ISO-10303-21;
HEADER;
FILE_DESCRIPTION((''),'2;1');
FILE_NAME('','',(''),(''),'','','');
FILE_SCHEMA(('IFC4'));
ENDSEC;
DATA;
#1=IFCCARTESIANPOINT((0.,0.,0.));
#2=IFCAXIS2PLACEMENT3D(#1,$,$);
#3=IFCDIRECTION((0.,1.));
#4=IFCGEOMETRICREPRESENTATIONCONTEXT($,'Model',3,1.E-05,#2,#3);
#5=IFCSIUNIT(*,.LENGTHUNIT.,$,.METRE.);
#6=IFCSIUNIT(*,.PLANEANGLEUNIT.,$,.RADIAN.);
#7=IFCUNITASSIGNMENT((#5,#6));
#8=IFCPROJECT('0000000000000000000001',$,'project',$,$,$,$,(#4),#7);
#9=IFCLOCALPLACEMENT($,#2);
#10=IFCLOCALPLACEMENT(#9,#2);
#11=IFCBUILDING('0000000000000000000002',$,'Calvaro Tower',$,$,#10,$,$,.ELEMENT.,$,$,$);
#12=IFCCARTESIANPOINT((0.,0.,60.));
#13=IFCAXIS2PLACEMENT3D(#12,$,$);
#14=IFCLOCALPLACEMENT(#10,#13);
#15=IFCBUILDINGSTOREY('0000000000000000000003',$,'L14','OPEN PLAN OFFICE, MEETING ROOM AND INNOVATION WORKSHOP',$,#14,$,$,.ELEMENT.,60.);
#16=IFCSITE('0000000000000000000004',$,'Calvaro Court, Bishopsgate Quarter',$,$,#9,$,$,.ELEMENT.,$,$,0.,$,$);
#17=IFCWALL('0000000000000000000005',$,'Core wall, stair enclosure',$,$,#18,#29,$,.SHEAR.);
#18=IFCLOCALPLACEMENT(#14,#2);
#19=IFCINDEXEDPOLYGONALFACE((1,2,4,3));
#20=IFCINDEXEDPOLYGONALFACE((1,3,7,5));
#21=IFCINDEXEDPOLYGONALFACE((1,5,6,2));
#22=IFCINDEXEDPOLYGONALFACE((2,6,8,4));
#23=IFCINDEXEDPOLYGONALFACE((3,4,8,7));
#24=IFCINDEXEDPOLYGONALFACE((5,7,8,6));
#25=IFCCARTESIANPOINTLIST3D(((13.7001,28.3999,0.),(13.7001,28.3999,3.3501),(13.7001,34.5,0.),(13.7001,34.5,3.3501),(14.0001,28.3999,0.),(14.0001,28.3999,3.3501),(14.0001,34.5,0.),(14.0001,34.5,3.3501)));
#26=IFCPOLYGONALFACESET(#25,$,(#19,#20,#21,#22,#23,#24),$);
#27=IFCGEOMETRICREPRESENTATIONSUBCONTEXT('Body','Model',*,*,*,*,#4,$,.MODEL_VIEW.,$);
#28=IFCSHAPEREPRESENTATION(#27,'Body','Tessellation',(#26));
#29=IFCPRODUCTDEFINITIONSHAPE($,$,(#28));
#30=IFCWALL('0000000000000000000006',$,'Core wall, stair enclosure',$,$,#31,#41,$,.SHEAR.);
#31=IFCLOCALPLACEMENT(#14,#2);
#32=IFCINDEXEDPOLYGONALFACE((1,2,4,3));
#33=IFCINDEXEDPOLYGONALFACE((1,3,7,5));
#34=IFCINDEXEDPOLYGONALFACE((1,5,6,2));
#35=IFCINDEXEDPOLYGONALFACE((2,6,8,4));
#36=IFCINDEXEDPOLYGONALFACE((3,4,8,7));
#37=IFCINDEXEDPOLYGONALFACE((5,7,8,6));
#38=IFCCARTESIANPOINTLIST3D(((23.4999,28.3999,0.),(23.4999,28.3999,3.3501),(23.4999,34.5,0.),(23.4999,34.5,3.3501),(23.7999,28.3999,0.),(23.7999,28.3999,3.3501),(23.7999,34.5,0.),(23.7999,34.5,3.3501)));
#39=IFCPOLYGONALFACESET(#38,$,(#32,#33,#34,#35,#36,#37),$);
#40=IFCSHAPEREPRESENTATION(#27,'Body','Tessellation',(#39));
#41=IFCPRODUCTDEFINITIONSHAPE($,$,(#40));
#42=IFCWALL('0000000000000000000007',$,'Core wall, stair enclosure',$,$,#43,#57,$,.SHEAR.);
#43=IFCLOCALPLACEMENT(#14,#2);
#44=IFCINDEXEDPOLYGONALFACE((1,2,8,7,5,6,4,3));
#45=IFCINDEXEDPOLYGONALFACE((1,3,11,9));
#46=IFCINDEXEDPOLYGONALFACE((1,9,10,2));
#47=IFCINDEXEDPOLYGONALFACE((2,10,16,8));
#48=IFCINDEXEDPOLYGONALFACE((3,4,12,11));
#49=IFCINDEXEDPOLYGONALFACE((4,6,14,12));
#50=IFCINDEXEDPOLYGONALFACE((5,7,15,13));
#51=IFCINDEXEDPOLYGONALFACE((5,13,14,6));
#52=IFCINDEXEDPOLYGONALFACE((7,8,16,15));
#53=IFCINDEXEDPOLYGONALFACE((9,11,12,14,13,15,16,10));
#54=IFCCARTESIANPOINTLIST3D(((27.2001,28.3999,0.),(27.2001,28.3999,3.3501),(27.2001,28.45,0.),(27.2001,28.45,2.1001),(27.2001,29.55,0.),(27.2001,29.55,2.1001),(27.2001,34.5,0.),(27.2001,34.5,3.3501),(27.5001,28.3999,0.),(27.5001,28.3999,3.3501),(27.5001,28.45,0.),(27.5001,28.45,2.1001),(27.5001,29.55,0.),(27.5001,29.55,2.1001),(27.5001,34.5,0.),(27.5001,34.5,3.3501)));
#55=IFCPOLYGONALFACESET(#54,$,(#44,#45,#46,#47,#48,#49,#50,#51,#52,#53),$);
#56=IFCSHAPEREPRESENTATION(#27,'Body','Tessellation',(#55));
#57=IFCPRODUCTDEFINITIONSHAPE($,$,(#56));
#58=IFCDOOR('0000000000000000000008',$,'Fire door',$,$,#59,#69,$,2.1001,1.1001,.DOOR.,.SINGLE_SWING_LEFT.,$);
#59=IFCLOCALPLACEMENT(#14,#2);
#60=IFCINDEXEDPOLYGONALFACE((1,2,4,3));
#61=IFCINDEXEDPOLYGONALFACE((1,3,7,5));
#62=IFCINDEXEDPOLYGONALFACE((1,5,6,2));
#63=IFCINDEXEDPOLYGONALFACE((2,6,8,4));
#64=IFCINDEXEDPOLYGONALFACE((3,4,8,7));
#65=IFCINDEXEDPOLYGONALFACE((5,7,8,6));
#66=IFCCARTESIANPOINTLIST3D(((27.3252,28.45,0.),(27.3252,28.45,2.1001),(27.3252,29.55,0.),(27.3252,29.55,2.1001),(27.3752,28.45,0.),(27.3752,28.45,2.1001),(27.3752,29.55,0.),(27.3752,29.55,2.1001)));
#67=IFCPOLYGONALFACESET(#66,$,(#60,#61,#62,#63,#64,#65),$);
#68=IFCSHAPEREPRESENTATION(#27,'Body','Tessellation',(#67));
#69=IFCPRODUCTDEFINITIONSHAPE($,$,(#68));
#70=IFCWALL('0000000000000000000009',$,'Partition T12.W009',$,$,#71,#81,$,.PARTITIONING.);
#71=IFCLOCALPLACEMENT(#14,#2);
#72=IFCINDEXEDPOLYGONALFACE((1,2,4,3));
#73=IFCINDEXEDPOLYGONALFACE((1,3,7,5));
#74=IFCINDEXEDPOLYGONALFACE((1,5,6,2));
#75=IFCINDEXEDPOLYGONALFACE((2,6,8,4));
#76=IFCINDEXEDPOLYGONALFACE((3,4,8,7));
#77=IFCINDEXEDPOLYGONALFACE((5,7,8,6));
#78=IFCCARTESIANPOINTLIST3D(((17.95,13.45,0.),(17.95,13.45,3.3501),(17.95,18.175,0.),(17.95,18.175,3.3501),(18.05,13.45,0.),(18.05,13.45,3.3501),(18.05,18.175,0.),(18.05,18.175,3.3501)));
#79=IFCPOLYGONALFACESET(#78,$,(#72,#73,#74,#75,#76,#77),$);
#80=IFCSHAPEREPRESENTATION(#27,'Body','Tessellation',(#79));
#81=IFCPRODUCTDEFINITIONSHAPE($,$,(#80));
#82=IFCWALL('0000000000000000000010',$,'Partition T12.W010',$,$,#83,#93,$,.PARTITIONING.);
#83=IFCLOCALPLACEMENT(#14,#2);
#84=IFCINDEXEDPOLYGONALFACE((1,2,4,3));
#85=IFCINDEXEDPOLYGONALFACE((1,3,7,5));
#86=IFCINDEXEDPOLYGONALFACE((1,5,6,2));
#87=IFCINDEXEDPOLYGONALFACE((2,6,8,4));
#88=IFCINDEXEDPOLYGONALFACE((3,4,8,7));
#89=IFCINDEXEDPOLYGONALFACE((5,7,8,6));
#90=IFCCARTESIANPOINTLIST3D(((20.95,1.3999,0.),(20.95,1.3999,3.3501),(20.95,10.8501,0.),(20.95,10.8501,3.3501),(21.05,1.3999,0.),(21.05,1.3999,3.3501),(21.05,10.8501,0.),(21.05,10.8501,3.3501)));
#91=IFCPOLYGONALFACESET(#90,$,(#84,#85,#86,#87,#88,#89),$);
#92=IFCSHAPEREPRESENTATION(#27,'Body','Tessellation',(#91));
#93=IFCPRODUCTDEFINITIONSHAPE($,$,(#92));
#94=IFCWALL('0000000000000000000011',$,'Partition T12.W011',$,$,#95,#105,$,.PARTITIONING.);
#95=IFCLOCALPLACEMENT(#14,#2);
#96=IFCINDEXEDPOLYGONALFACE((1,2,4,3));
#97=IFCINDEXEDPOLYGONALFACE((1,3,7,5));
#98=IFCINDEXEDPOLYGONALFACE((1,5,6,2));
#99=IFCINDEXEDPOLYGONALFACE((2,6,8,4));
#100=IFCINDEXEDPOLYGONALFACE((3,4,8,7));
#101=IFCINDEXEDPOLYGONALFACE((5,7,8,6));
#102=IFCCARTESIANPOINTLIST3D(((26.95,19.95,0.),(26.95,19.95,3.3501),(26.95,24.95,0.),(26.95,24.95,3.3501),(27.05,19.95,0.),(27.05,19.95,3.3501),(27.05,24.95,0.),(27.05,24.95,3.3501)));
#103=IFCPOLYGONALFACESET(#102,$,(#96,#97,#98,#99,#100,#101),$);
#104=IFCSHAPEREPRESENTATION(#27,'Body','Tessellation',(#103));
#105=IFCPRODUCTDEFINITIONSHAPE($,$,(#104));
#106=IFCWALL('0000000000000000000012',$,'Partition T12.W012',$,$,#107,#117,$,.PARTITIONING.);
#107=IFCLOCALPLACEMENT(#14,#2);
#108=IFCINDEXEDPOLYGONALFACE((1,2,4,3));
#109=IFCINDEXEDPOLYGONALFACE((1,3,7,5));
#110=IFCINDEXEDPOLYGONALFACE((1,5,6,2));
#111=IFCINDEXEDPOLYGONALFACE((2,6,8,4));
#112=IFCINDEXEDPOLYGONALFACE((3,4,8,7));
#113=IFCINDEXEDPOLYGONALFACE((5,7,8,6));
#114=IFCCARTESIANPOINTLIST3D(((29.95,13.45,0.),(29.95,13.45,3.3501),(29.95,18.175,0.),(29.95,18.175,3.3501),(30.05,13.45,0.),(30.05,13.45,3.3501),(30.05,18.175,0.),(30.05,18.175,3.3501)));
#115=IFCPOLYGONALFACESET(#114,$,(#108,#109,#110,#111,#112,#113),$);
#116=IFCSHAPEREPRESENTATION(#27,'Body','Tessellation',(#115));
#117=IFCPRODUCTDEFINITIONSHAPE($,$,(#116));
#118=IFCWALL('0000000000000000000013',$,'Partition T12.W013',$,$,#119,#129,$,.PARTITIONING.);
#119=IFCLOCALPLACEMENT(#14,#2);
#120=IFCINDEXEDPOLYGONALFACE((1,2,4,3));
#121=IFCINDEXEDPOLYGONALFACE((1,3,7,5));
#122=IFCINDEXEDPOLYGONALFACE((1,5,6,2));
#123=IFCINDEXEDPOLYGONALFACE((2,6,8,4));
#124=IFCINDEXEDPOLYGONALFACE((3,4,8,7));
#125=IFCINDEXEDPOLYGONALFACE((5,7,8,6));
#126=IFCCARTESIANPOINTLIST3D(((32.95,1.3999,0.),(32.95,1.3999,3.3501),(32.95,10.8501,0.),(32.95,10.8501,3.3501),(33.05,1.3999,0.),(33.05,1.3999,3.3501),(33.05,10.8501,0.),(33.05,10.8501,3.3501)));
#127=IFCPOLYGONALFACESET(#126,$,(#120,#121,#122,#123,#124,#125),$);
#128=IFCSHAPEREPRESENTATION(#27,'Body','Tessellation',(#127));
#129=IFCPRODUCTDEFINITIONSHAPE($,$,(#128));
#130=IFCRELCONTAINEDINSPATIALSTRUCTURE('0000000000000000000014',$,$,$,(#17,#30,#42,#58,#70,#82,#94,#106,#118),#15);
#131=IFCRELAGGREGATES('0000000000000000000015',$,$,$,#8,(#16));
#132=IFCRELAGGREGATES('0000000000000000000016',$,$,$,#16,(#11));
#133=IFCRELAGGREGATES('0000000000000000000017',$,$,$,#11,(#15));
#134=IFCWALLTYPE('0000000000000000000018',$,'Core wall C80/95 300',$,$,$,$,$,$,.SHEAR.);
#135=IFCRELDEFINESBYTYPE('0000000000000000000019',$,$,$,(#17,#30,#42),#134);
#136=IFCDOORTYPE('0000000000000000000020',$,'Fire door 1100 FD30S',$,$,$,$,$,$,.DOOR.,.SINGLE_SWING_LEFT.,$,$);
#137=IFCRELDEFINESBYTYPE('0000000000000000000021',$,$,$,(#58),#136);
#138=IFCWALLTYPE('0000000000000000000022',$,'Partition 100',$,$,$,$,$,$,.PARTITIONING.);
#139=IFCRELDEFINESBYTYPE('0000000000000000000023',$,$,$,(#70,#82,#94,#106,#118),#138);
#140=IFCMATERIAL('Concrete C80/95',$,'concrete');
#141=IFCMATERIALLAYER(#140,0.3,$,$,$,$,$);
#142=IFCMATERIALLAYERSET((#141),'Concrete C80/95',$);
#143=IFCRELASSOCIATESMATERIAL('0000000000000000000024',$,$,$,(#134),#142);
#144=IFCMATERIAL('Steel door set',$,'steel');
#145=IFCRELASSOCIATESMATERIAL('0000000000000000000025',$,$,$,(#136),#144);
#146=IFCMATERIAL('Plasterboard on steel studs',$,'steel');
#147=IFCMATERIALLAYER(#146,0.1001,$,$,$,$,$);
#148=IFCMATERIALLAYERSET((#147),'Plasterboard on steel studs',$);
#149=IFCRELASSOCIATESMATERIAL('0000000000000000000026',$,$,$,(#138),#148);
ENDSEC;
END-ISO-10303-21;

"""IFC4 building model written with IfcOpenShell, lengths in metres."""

from ifc_helpers import new_model, si_unit, direction, frame, frame_2d, origin, place, context, subcontext, project, spatial, rectangle, extrude, material, layer, layer_set, type_object, element, fill, save


model = new_model("IFC4")

# Units and contexts
model_context = context("Model", 3, precision=1e-05, world=origin(), true_north=direction((0.0, 1.0)))
body_context = subcontext(model_context, "Body", "Model", "MODEL_VIEW")
ifc_project = project(units=[si_unit("LENGTHUNIT", "METRE"), si_unit("PLANEANGLEUNIT", "RADIAN")], contexts=[model_context])

# Site, building, storey
site_placement = place(None, origin())
site = spatial("IfcSite", under=ifc_project, at=site_placement, Name="Calvaro Court, Bishopsgate Quarter", CompositionType="ELEMENT", RefElevation=0.0)
building_placement = place(site_placement, origin())
building = spatial("IfcBuilding", under=site, at=building_placement, Name="Calvaro Tower", CompositionType="ELEMENT")
storey_placement = place(building_placement, frame((0.0, 0.0, 60.0)))
storey = spatial("IfcBuildingStorey", under=building, at=storey_placement, Name="L14", Description="OPEN PLAN OFFICE, MEETING ROOM AND INNOVATION WORKSHOP", CompositionType="ELEMENT", Elevation=60.0)

# Walls
ifc_material_1 = material(Name="Concrete C80/95", Category="concrete")
ifc_layer_1 = layer(ifc_material_1, 0.3)
ifc_layer_set_1 = layer_set([ifc_layer_1], Name="Concrete C80/95")
wall_type_1 = type_object("IfcWallType", Name="Core wall C80/95 300", PredefinedType="SHEAR", material=ifc_layer_set_1)
for number, where, z_axis, x_axis, name in (
    (1, (13.8501, 28.3999, 0.0), (0.0, 0.0, 1.0), (0.0, 1.0, 0.0), "Core wall, stair enclosure"),
    (2, (23.6499, 28.3999, 0.0), (0.0, 0.0, 1.0), (0.0, 1.0, 0.0), "Core wall, stair enclosure"),
):
    element("IfcWall", number, at=place(storey_placement, frame(where, z_axis=z_axis, x_axis=x_axis)), inside=storey, type_object=wall_type_1, Name=name, PredefinedType="SHEAR", context=body_context, shape_type="SweptSolid", body=[
        extrude(rectangle(XDim=6.1001, YDim=0.3, at=frame_2d((3.05, 0.0))), origin(), (0.0, 0.0, 1.0), 3.3501),
    ])

# Wall, opening, door
wall_1_placement = place(storey_placement, frame((27.3501, 28.3999, 0.0), z_axis=(0.0, 0.0, 1.0), x_axis=(0.0, 1.0, 0.0)))
wall_1 = element("IfcWall", 3, at=wall_1_placement, inside=storey, type_object=wall_type_1, Name="Core wall, stair enclosure", PredefinedType="SHEAR", context=body_context, shape_type="SweptSolid", body=[
    extrude(rectangle(XDim=6.1001, YDim=0.3, at=frame_2d((3.05, 0.0))), origin(), (0.0, 0.0, 1.0), 3.3501),
])
opening_1_placement = place(wall_1_placement, frame((0.05, 0.0, 0.0)))
opening_1 = element("IfcOpeningElement", 4, at=opening_1_placement, cuts=wall_1, PredefinedType="OPENING", context=body_context, shape_type="SweptSolid", body=[
    extrude(rectangle(XDim=1.1001, YDim=2.1001, at=frame_2d((0.55, 1.05))), frame((0.0, 0.1599, 0.0), z_axis=(0.0, -1.0, 0.0), x_axis=(1.0, 0.0, 0.0)), (0.0, 0.0, 1.0), 0.3201),
])
ifc_material_2 = material(Name="Steel door set", Category="steel")
door_type_1 = type_object("IfcDoorType", Name="Fire door 1100 FD30S", OperationType="SINGLE_SWING_LEFT", PredefinedType="DOOR", material=ifc_material_2)
door_1_placement = place(opening_1_placement, origin())
door_1 = element("IfcDoor", 5, at=door_1_placement, inside=storey, type_object=door_type_1, Name="Fire door", OperationType="SINGLE_SWING_LEFT", OverallHeight=2.1001, OverallWidth=1.1001, PredefinedType="DOOR", context=body_context, shape_type="SweptSolid", body=[
    extrude(rectangle(XDim=1.1001, YDim=2.1001, at=frame_2d((0.55, 1.05))), frame((0.0, 0.0249, 0.0), z_axis=(0.0, -1.0, 0.0), x_axis=(1.0, 0.0, 0.0)), (0.0, 0.0, 1.0), 0.05),
])
fill(opening_1, door_1)

# Walls
ifc_material_3 = material(Name="Plasterboard on steel studs", Category="steel")
ifc_layer_2 = layer(ifc_material_3, 0.1001)
ifc_layer_set_2 = layer_set([ifc_layer_2], Name="Plasterboard on steel studs")
wall_type_2 = type_object("IfcWallType", Name="Partition 100", PredefinedType="PARTITIONING", material=ifc_layer_set_2)
wall_2_placement = place(storey_placement, frame((18.0, 13.45, 0.0), z_axis=(0.0, 0.0, 1.0), x_axis=(0.0, 1.0, 0.0)))
element("IfcWall", 6, at=wall_2_placement, inside=storey, type_object=wall_type_2, Name="Partition T12.W009", PredefinedType="PARTITIONING", context=body_context, shape_type="SweptSolid", body=[
    extrude(rectangle(XDim=4.7251, YDim=0.1001, at=frame_2d((2.3625, 0.0))), origin(), (0.0, 0.0, 1.0), 3.3501),
])
wall_3_placement = place(storey_placement, frame((21.0, 1.3999, 0.0), z_axis=(0.0, 0.0, 1.0), x_axis=(0.0, 1.0, 0.0)))
element("IfcWall", 7, at=wall_3_placement, inside=storey, type_object=wall_type_2, Name="Partition T12.W010", PredefinedType="PARTITIONING", context=body_context, shape_type="SweptSolid", body=[
    extrude(rectangle(XDim=9.4502, YDim=0.1001, at=frame_2d((4.7251, 0.0))), origin(), (0.0, 0.0, 1.0), 3.3501),
])
wall_4_placement = place(storey_placement, frame((27.0, 19.95, 0.0), z_axis=(0.0, 0.0, 1.0), x_axis=(0.0, 1.0, 0.0)))
element("IfcWall", 8, at=wall_4_placement, inside=storey, type_object=wall_type_2, Name="Partition T12.W011", PredefinedType="PARTITIONING", context=body_context, shape_type="SweptSolid", body=[
    extrude(rectangle(XDim=5.0, YDim=0.1001, at=frame_2d((2.5, 0.0))), origin(), (0.0, 0.0, 1.0), 3.3501),
])
wall_5_placement = place(storey_placement, frame((30.0, 13.45, 0.0), z_axis=(0.0, 0.0, 1.0), x_axis=(0.0, 1.0, 0.0)))
element("IfcWall", 9, at=wall_5_placement, inside=storey, type_object=wall_type_2, Name="Partition T12.W012", PredefinedType="PARTITIONING", context=body_context, shape_type="SweptSolid", body=[
    extrude(rectangle(XDim=4.7251, YDim=0.1001, at=frame_2d((2.3625, 0.0))), origin(), (0.0, 0.0, 1.0), 3.3501),
])
wall_6_placement = place(storey_placement, frame((33.0, 1.3999, 0.0), z_axis=(0.0, 0.0, 1.0), x_axis=(0.0, 1.0, 0.0)))
element("IfcWall", 10, at=wall_6_placement, inside=storey, type_object=wall_type_2, Name="Partition T12.W013", PredefinedType="PARTITIONING", context=body_context, shape_type="SweptSolid", body=[
    extrude(rectangle(XDim=9.4502, YDim=0.1001, at=frame_2d((4.7251, 0.0))), origin(), (0.0, 0.0, 1.0), 3.3501),
])

save(model, "model.ifc")
